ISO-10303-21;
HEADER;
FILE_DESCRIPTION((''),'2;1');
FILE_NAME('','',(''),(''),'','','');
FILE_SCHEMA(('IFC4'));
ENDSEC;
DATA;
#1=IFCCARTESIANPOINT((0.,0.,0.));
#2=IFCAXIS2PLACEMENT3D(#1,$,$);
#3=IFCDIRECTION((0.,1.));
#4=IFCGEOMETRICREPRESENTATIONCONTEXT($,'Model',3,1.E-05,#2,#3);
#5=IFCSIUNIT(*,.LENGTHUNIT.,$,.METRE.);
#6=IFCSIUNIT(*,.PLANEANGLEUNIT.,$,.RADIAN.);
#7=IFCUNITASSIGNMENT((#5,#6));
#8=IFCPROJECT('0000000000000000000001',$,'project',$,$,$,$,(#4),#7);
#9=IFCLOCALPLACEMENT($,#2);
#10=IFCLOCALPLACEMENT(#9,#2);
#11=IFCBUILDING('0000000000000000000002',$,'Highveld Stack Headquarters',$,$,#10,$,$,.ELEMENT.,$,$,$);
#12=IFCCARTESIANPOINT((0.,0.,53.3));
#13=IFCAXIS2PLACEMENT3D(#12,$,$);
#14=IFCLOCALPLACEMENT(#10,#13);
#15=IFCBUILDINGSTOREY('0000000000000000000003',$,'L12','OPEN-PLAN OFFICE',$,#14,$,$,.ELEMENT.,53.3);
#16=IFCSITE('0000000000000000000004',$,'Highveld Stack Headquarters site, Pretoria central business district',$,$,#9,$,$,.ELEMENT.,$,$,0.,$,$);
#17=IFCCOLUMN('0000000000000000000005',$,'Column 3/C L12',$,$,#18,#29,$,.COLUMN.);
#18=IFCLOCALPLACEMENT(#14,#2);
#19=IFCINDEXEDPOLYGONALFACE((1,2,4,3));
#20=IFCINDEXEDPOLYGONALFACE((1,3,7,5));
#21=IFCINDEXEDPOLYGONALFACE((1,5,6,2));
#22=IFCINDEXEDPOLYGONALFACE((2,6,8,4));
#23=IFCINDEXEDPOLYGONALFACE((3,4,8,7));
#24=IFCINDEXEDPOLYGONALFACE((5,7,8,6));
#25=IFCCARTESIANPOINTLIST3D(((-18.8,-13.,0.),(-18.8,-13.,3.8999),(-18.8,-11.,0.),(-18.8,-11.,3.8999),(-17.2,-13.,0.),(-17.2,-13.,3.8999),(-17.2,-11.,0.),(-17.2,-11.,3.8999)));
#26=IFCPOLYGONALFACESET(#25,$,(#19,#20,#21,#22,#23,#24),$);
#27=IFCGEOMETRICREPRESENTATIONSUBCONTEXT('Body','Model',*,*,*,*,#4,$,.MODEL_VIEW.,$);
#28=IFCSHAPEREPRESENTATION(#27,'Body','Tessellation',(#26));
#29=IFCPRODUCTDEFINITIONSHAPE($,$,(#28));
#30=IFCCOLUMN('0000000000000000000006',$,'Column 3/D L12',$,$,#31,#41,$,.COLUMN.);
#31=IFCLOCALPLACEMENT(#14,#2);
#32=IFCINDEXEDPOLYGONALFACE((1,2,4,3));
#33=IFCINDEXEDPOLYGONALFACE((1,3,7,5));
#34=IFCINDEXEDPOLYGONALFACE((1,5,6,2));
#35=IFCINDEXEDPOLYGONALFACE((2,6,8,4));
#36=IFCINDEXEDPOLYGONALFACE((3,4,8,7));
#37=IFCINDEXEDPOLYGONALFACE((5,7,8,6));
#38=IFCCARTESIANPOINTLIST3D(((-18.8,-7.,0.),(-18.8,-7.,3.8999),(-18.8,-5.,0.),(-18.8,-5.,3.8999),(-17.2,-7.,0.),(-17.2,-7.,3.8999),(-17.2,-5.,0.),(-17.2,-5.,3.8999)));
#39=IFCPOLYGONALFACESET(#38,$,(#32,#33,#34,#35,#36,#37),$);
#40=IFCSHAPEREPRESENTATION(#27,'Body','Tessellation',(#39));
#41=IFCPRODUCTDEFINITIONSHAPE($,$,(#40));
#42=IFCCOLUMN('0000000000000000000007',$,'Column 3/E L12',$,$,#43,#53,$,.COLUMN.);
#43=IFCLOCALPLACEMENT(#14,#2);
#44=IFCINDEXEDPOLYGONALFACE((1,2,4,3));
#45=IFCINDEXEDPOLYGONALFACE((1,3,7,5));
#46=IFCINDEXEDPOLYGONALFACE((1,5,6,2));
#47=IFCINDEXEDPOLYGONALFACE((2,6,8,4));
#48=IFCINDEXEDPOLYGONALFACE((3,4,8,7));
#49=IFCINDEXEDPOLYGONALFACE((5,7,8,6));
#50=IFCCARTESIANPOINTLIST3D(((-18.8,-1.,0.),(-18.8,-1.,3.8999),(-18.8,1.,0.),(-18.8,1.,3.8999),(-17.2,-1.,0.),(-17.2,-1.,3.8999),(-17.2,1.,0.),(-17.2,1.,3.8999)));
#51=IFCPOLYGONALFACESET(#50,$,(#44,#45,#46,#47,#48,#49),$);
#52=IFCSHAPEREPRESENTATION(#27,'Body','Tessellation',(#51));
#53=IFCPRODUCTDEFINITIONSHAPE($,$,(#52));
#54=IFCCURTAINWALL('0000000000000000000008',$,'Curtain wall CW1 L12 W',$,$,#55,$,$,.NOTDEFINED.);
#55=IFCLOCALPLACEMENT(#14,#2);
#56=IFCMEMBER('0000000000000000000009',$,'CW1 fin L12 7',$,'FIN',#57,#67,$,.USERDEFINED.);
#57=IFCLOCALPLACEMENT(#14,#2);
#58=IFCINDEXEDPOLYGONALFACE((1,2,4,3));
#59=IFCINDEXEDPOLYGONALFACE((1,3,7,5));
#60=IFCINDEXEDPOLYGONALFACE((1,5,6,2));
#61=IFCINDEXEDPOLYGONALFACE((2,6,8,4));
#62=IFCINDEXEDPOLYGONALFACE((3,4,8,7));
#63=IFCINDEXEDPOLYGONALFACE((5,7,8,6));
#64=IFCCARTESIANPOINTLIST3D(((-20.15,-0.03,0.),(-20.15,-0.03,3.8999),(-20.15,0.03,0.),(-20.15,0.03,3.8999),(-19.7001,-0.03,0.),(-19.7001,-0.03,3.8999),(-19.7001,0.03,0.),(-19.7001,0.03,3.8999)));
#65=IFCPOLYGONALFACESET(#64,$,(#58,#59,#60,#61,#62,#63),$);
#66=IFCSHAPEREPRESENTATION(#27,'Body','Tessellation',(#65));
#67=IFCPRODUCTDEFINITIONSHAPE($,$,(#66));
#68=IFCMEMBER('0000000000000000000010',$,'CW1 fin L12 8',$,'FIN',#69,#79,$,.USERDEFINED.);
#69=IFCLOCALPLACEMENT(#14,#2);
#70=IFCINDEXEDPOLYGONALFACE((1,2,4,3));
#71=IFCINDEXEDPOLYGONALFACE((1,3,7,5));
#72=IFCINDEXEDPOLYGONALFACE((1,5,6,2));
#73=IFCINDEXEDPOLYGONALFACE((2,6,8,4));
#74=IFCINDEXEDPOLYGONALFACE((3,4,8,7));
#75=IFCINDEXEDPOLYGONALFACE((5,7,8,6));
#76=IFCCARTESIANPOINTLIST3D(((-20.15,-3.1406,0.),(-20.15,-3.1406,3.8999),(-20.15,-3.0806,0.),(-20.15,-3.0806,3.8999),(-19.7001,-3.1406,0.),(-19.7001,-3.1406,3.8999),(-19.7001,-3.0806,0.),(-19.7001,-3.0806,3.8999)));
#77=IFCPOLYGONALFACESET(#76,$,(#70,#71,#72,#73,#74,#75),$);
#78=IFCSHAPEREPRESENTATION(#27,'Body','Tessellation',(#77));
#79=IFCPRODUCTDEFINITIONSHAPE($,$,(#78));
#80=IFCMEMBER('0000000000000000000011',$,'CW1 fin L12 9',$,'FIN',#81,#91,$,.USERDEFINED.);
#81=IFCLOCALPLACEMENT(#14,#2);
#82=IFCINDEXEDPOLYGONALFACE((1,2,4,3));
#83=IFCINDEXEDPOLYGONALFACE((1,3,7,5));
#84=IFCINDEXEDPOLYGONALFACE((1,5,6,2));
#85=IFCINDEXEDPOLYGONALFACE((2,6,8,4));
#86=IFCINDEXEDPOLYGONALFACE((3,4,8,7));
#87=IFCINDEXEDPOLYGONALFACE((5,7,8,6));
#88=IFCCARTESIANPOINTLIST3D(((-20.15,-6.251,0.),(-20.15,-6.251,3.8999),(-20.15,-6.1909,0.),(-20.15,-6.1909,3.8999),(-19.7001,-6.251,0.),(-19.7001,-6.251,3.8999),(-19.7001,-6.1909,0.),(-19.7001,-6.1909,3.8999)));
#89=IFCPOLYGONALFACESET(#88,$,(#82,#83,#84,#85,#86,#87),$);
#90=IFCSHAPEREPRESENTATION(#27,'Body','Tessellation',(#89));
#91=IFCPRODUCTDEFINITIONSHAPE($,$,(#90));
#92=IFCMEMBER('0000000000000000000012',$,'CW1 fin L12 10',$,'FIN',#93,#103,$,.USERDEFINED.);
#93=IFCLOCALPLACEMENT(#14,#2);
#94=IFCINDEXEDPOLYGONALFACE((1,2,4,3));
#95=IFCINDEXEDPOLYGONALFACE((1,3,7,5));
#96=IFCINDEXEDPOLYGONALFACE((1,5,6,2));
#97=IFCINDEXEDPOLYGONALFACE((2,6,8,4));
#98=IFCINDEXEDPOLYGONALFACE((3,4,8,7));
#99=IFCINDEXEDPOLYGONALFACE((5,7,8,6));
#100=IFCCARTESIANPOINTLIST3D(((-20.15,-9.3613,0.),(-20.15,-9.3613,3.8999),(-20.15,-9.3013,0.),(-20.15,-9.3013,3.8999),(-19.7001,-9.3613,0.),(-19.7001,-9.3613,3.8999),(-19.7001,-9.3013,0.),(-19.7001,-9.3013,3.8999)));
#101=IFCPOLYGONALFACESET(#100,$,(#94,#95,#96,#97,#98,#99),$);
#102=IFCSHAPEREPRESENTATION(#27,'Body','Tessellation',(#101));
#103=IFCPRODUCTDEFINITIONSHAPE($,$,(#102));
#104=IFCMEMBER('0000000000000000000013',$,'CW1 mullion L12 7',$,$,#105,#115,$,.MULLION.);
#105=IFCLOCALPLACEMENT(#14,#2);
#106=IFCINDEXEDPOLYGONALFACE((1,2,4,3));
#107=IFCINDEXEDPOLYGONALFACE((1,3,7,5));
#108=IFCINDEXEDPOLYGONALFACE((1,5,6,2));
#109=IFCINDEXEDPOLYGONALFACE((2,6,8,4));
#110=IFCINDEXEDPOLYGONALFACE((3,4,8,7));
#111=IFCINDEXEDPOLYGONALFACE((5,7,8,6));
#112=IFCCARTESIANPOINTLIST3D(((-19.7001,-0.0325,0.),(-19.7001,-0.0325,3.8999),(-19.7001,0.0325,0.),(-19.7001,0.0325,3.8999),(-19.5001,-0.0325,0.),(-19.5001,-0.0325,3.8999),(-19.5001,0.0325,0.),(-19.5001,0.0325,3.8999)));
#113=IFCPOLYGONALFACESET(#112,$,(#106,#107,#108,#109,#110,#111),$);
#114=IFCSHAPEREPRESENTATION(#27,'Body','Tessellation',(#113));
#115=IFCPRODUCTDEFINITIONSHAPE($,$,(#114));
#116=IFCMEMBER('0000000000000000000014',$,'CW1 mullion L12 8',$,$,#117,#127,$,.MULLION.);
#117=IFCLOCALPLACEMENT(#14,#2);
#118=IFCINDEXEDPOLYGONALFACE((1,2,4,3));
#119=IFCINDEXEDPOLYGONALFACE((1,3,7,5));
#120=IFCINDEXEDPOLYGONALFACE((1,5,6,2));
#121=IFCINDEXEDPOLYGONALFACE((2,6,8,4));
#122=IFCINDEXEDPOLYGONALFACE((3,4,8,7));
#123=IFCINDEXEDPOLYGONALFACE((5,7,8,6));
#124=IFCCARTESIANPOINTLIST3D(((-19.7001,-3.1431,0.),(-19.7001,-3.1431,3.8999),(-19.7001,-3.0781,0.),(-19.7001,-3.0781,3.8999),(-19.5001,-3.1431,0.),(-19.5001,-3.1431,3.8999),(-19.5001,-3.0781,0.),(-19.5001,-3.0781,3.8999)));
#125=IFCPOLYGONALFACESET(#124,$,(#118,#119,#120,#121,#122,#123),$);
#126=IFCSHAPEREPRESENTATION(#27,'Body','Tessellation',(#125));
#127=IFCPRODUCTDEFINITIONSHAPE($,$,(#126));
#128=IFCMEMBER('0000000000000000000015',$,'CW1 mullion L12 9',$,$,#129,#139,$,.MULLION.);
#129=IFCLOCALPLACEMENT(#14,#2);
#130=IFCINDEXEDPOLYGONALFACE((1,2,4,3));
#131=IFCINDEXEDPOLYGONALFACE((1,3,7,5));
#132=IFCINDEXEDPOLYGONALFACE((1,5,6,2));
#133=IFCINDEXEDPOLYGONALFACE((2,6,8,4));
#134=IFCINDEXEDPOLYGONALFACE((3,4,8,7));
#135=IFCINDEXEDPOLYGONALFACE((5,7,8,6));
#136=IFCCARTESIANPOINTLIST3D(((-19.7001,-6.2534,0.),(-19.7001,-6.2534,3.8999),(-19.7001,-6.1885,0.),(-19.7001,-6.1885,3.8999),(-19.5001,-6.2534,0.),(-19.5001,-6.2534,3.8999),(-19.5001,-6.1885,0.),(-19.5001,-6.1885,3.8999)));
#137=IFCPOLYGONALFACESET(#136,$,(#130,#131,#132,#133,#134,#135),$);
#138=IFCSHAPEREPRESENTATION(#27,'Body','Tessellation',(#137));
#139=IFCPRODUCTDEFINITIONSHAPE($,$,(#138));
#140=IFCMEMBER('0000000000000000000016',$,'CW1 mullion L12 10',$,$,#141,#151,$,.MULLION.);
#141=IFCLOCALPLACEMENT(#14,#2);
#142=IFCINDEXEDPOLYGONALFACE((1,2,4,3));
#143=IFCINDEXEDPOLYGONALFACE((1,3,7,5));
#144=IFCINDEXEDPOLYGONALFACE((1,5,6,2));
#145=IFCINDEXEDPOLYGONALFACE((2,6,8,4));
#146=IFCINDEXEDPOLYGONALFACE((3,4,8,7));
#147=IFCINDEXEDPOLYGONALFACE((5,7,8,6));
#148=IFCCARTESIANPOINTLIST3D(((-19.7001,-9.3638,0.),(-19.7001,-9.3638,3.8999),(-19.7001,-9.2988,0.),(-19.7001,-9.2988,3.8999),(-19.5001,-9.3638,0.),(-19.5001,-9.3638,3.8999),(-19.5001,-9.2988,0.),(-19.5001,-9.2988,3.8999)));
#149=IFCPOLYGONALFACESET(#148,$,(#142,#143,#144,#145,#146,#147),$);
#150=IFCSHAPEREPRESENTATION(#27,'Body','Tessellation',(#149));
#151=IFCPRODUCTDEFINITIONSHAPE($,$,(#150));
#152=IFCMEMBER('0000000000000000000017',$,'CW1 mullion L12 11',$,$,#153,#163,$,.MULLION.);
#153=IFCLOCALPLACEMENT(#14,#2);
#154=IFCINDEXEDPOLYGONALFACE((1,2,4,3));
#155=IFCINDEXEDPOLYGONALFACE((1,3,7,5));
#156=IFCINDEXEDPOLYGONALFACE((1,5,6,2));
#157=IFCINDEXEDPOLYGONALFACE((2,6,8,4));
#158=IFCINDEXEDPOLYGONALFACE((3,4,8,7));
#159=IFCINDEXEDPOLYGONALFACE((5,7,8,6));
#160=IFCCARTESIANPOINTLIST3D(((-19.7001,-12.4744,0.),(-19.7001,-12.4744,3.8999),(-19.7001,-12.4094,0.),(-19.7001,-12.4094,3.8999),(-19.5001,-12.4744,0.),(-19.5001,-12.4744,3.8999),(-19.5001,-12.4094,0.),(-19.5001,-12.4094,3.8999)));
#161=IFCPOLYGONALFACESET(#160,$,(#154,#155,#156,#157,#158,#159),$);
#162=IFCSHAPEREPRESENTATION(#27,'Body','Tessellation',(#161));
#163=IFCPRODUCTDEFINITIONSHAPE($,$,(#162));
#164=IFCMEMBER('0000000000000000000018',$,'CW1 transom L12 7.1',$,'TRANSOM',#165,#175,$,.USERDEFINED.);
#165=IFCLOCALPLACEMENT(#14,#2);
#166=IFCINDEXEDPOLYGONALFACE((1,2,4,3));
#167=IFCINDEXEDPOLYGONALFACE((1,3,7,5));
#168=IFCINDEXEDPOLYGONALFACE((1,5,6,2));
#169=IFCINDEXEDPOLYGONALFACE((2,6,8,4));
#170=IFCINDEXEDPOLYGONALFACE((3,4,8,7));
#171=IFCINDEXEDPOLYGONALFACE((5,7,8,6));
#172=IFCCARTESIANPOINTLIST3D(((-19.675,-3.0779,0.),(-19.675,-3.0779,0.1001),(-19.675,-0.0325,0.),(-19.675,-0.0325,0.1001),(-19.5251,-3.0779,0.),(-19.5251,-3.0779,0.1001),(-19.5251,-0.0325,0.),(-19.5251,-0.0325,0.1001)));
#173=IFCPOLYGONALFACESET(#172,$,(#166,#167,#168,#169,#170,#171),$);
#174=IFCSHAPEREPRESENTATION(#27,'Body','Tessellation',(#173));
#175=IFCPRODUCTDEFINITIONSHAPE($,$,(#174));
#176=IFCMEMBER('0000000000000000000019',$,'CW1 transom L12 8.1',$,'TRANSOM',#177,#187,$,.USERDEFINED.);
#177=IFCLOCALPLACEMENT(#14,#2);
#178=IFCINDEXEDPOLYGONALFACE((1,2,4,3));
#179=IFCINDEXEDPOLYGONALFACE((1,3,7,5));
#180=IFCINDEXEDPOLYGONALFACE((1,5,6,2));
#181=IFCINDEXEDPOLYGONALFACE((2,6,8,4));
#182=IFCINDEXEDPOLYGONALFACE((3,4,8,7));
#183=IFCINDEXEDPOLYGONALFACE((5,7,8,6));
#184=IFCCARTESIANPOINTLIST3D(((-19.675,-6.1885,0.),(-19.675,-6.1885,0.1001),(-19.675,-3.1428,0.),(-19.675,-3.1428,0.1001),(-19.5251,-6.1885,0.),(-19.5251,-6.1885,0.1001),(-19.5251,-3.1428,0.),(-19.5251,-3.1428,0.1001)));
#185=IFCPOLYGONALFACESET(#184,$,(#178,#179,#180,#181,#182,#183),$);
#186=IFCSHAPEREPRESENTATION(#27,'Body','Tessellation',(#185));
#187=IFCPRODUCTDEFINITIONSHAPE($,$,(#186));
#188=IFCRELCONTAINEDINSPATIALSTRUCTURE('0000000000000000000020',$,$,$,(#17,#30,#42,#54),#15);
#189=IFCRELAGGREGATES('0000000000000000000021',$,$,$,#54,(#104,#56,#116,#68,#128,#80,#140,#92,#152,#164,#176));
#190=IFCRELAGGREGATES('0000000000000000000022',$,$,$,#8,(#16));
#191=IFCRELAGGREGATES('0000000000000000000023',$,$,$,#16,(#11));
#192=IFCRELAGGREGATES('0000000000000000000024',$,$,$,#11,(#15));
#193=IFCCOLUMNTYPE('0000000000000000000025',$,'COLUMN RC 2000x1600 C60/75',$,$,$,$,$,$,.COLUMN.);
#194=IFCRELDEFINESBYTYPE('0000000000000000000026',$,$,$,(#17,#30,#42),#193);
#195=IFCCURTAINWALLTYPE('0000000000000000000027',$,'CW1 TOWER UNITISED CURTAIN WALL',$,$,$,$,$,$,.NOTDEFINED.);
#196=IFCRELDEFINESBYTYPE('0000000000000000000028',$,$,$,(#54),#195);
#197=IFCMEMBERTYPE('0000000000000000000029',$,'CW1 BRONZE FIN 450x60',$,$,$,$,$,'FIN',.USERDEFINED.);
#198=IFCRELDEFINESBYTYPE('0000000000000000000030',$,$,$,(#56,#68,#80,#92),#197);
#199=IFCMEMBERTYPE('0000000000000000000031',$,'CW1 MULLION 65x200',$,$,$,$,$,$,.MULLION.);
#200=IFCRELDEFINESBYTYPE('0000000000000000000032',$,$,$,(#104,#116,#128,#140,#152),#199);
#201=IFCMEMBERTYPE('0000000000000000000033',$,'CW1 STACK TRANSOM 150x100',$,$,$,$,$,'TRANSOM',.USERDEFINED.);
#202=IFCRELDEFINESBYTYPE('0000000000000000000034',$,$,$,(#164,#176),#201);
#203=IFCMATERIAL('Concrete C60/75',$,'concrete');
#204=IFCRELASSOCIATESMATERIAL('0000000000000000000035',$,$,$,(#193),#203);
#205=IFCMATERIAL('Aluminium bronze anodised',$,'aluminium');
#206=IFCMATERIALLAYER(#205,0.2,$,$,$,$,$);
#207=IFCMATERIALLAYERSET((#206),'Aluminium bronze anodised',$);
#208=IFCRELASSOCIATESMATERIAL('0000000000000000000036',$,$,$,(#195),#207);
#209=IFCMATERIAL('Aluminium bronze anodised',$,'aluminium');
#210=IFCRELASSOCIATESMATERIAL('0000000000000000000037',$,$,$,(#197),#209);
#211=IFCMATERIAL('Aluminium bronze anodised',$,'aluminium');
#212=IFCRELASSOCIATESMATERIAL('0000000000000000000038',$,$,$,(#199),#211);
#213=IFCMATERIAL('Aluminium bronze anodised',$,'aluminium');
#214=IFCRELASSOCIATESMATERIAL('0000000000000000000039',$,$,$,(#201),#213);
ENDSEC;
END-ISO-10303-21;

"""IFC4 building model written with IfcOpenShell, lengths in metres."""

from ifc_helpers import new_model, si_unit, direction, frame, origin, origin_2d, place, context, subcontext, project, spatial, rectangle, extrude, material, layer, layer_set, material_profile, profile_set, type_object, element, aggregate, save


model = new_model("IFC4")

# Units and contexts
model_context = context("Model", 3, precision=1e-05, world=origin(), true_north=direction((0.0, 1.0)))
body_context = subcontext(model_context, "Body", "Model", "MODEL_VIEW")
ifc_project = project(units=[si_unit("LENGTHUNIT", "METRE"), si_unit("PLANEANGLEUNIT", "RADIAN")], contexts=[model_context])

# Site, building, storey
site_placement = place(None, origin())
site = spatial("IfcSite", under=ifc_project, at=site_placement, Name="Highveld Stack Headquarters site, Pretoria central business district", CompositionType="ELEMENT", RefElevation=0.0)
building_placement = place(site_placement, origin())
building = spatial("IfcBuilding", under=site, at=building_placement, Name="Highveld Stack Headquarters", CompositionType="ELEMENT")
storey_placement = place(building_placement, frame((0.0, 0.0, 53.3)))
storey = spatial("IfcBuildingStorey", under=building, at=storey_placement, Name="L12", Description="OPEN-PLAN OFFICE", CompositionType="ELEMENT", Elevation=53.3)

# Columns
ifc_material_1 = material(Name="Concrete C60/75", Category="concrete")
ifc_material_profile_1 = material_profile(ifc_material_1, rectangle(XDim=2.0, YDim=1.6001, at=origin_2d()), Name="RC 2000x1600")
ifc_profile_set_1 = profile_set([ifc_material_profile_1], Name="Concrete C60/75")
column_type = type_object("IfcColumnType", Name="COLUMN RC 2000x1600 C60/75", PredefinedType="COLUMN", material=ifc_profile_set_1)
for number, where, z_axis, x_axis, name in (
    (1, (-18.0, -12.0, 0.0), (0.0, 0.0, 1.0), (0.0, 1.0, 0.0), "Column 3/C L12"),
    (2, (-18.0, -6.0, 0.0), (0.0, 0.0, 1.0), (0.0, 1.0, 0.0), "Column 3/D L12"),
    (3, (-18.0, 0.0, 0.0), (0.0, 0.0, 1.0), (0.0, 1.0, 0.0), "Column 3/E L12"),
):
    element("IfcColumn", number, at=place(storey_placement, frame(where, z_axis=z_axis, x_axis=x_axis)), inside=storey, type_object=column_type, Name=name, PredefinedType="COLUMN", context=body_context, shape_type="SweptSolid", body=[
        extrude(rectangle(XDim=2.0, YDim=1.6001, at=origin_2d()), origin(), (0.0, 0.0, 1.0), 3.8999),
    ])

# Curtain wall, members
ifc_material_2 = material(Name="Aluminium bronze anodised", Category="aluminium")
ifc_layer_1 = layer(ifc_material_2, 0.2)
ifc_layer_set_1 = layer_set([ifc_layer_1], Name="Aluminium bronze anodised")
curtain_wall_type = type_object("IfcCurtainWallType", Name="CW1 TOWER UNITISED CURTAIN WALL", PredefinedType="NOTDEFINED", material=ifc_layer_set_1)
curtain_wall_placement = place(storey_placement, origin())
curtain_wall = element("IfcCurtainWall", 4, at=curtain_wall_placement, inside=storey, type_object=curtain_wall_type, Name="Curtain wall CW1 L12 W", PredefinedType="NOTDEFINED")
ifc_material_3 = material(Name="Aluminium bronze anodised", Category="aluminium")
ifc_material_profile_2 = material_profile(ifc_material_3, rectangle(XDim=0.45, YDim=0.0601, at=origin_2d()), Name="FIN 450x60")
ifc_profile_set_2 = profile_set([ifc_material_profile_2], Name="Aluminium bronze anodised")
member_type_1 = type_object("IfcMemberType", Name="CW1 BRONZE FIN 450x60", ElementType="FIN", PredefinedType="USERDEFINED", material=ifc_profile_set_2)
member_1_placement = place(storey_placement, frame((-19.925, 0.0, 0.0), z_axis=(0.0, 0.0, 1.0), x_axis=(1.0, 0.0, 0.0)))
member_1 = element("IfcMember", 5, at=member_1_placement, type_object=member_type_1, Name="CW1 fin L12 7", ObjectType="FIN", PredefinedType="USERDEFINED", context=body_context, shape_type="SweptSolid", body=[
    extrude(rectangle(XDim=0.45, YDim=0.0601, at=origin_2d()), origin(), (0.0, 0.0, 1.0), 3.8999),
])
member_2_placement = place(storey_placement, frame((-19.925, -3.1106, 0.0), z_axis=(0.0, 0.0, 1.0), x_axis=(1.0, 0.0, 0.0)))
member_2 = element("IfcMember", 6, at=member_2_placement, type_object=member_type_1, Name="CW1 fin L12 8", ObjectType="FIN", PredefinedType="USERDEFINED", context=body_context, shape_type="SweptSolid", body=[
    extrude(rectangle(XDim=0.45, YDim=0.0601, at=origin_2d()), origin(), (0.0, 0.0, 1.0), 3.8999),
])
member_3_placement = place(storey_placement, frame((-19.925, -6.2209, 0.0), z_axis=(0.0, 0.0, 1.0), x_axis=(1.0, 0.0, 0.0)))
member_3 = element("IfcMember", 7, at=member_3_placement, type_object=member_type_1, Name="CW1 fin L12 9", ObjectType="FIN", PredefinedType="USERDEFINED", context=body_context, shape_type="SweptSolid", body=[
    extrude(rectangle(XDim=0.45, YDim=0.0601, at=origin_2d()), origin(), (0.0, 0.0, 1.0), 3.8999),
])
member_4_placement = place(storey_placement, frame((-19.925, -9.3313, 0.0), z_axis=(0.0, 0.0, 1.0), x_axis=(1.0, 0.0, 0.0)))
member_4 = element("IfcMember", 8, at=member_4_placement, type_object=member_type_1, Name="CW1 fin L12 10", ObjectType="FIN", PredefinedType="USERDEFINED", context=body_context, shape_type="SweptSolid", body=[
    extrude(rectangle(XDim=0.45, YDim=0.0601, at=origin_2d()), origin(), (0.0, 0.0, 1.0), 3.8999),
])
ifc_material_4 = material(Name="Aluminium bronze anodised", Category="aluminium")
ifc_material_profile_3 = material_profile(ifc_material_4, rectangle(XDim=0.2, YDim=0.0649, at=origin_2d()), Name="CW1 MULLION 65x200")
ifc_profile_set_3 = profile_set([ifc_material_profile_3], Name="Aluminium bronze anodised")
member_type_2 = type_object("IfcMemberType", Name="CW1 MULLION 65x200", PredefinedType="MULLION", material=ifc_profile_set_3)
member_5_placement = place(storey_placement, frame((-19.6001, 0.0, 0.0), z_axis=(0.0, 0.0, 1.0), x_axis=(1.0, 0.0, 0.0)))
member_5 = element("IfcMember", 9, at=member_5_placement, type_object=member_type_2, Name="CW1 mullion L12 7", PredefinedType="MULLION", context=body_context, shape_type="SweptSolid", body=[
    extrude(rectangle(XDim=0.2, YDim=0.0649, at=origin_2d()), origin(), (0.0, 0.0, 1.0), 3.8999),
])
member_6_placement = place(storey_placement, frame((-19.6001, -3.1106, 0.0), z_axis=(0.0, 0.0, 1.0), x_axis=(1.0, 0.0, 0.0)))
member_6 = element("IfcMember", 10, at=member_6_placement, type_object=member_type_2, Name="CW1 mullion L12 8", PredefinedType="MULLION", context=body_context, shape_type="SweptSolid", body=[
    extrude(rectangle(XDim=0.2, YDim=0.0649, at=origin_2d()), origin(), (0.0, 0.0, 1.0), 3.8999),
])
member_7_placement = place(storey_placement, frame((-19.6001, -6.2209, 0.0), z_axis=(0.0, 0.0, 1.0), x_axis=(1.0, 0.0, 0.0)))
member_7 = element("IfcMember", 11, at=member_7_placement, type_object=member_type_2, Name="CW1 mullion L12 9", PredefinedType="MULLION", context=body_context, shape_type="SweptSolid", body=[
    extrude(rectangle(XDim=0.2, YDim=0.0649, at=origin_2d()), origin(), (0.0, 0.0, 1.0), 3.8999),
])
member_8_placement = place(storey_placement, frame((-19.6001, -9.3313, 0.0), z_axis=(0.0, 0.0, 1.0), x_axis=(1.0, 0.0, 0.0)))
member_8 = element("IfcMember", 12, at=member_8_placement, type_object=member_type_2, Name="CW1 mullion L12 10", PredefinedType="MULLION", context=body_context, shape_type="SweptSolid", body=[
    extrude(rectangle(XDim=0.2, YDim=0.0649, at=origin_2d()), origin(), (0.0, 0.0, 1.0), 3.8999),
])
member_9_placement = place(storey_placement, frame((-19.6001, -12.4419, 0.0), z_axis=(0.0, 0.0, 1.0), x_axis=(1.0, 0.0, 0.0)))
member_9 = element("IfcMember", 13, at=member_9_placement, type_object=member_type_2, Name="CW1 mullion L12 11", PredefinedType="MULLION", context=body_context, shape_type="SweptSolid", body=[
    extrude(rectangle(XDim=0.2, YDim=0.0649, at=origin_2d()), origin(), (0.0, 0.0, 1.0), 3.8999),
])
ifc_material_5 = material(Name="Aluminium bronze anodised", Category="aluminium")
ifc_material_profile_4 = material_profile(ifc_material_5, rectangle(XDim=0.1499, YDim=0.1001, at=origin_2d()), Name="CW1 TRANSOM 150x100")
ifc_profile_set_4 = profile_set([ifc_material_profile_4], Name="Aluminium bronze anodised")
member_type_3 = type_object("IfcMemberType", Name="CW1 STACK TRANSOM 150x100", ElementType="TRANSOM", PredefinedType="USERDEFINED", material=ifc_profile_set_4)
member_10_placement = place(storey_placement, frame((-19.6001, -0.0325, 0.05), z_axis=(0.0, -1.0, 0.0), x_axis=(1.0, 0.0, 0.0)))
member_10 = element("IfcMember", 14, at=member_10_placement, type_object=member_type_3, Name="CW1 transom L12 7.1", ObjectType="TRANSOM", PredefinedType="USERDEFINED", context=body_context, shape_type="SweptSolid", body=[
    extrude(rectangle(XDim=0.1499, YDim=0.1001, at=origin_2d()), origin(), (0.0, 0.0, 1.0), 3.0454),
])
member_11_placement = place(storey_placement, frame((-19.6001, -3.1428, 0.05), z_axis=(0.0, -1.0, 0.0), x_axis=(1.0, 0.0, 0.0)))
member_11 = element("IfcMember", 15, at=member_11_placement, type_object=member_type_3, Name="CW1 transom L12 8.1", ObjectType="TRANSOM", PredefinedType="USERDEFINED", context=body_context, shape_type="SweptSolid", body=[
    extrude(rectangle(XDim=0.1499, YDim=0.1001, at=origin_2d()), origin(), (0.0, 0.0, 1.0), 3.0457),
])
aggregate(curtain_wall, [member_5, member_1, member_6, member_2, member_7, member_3, member_8, member_4, member_9, member_10, member_11])

save(model, "model.ifc")
